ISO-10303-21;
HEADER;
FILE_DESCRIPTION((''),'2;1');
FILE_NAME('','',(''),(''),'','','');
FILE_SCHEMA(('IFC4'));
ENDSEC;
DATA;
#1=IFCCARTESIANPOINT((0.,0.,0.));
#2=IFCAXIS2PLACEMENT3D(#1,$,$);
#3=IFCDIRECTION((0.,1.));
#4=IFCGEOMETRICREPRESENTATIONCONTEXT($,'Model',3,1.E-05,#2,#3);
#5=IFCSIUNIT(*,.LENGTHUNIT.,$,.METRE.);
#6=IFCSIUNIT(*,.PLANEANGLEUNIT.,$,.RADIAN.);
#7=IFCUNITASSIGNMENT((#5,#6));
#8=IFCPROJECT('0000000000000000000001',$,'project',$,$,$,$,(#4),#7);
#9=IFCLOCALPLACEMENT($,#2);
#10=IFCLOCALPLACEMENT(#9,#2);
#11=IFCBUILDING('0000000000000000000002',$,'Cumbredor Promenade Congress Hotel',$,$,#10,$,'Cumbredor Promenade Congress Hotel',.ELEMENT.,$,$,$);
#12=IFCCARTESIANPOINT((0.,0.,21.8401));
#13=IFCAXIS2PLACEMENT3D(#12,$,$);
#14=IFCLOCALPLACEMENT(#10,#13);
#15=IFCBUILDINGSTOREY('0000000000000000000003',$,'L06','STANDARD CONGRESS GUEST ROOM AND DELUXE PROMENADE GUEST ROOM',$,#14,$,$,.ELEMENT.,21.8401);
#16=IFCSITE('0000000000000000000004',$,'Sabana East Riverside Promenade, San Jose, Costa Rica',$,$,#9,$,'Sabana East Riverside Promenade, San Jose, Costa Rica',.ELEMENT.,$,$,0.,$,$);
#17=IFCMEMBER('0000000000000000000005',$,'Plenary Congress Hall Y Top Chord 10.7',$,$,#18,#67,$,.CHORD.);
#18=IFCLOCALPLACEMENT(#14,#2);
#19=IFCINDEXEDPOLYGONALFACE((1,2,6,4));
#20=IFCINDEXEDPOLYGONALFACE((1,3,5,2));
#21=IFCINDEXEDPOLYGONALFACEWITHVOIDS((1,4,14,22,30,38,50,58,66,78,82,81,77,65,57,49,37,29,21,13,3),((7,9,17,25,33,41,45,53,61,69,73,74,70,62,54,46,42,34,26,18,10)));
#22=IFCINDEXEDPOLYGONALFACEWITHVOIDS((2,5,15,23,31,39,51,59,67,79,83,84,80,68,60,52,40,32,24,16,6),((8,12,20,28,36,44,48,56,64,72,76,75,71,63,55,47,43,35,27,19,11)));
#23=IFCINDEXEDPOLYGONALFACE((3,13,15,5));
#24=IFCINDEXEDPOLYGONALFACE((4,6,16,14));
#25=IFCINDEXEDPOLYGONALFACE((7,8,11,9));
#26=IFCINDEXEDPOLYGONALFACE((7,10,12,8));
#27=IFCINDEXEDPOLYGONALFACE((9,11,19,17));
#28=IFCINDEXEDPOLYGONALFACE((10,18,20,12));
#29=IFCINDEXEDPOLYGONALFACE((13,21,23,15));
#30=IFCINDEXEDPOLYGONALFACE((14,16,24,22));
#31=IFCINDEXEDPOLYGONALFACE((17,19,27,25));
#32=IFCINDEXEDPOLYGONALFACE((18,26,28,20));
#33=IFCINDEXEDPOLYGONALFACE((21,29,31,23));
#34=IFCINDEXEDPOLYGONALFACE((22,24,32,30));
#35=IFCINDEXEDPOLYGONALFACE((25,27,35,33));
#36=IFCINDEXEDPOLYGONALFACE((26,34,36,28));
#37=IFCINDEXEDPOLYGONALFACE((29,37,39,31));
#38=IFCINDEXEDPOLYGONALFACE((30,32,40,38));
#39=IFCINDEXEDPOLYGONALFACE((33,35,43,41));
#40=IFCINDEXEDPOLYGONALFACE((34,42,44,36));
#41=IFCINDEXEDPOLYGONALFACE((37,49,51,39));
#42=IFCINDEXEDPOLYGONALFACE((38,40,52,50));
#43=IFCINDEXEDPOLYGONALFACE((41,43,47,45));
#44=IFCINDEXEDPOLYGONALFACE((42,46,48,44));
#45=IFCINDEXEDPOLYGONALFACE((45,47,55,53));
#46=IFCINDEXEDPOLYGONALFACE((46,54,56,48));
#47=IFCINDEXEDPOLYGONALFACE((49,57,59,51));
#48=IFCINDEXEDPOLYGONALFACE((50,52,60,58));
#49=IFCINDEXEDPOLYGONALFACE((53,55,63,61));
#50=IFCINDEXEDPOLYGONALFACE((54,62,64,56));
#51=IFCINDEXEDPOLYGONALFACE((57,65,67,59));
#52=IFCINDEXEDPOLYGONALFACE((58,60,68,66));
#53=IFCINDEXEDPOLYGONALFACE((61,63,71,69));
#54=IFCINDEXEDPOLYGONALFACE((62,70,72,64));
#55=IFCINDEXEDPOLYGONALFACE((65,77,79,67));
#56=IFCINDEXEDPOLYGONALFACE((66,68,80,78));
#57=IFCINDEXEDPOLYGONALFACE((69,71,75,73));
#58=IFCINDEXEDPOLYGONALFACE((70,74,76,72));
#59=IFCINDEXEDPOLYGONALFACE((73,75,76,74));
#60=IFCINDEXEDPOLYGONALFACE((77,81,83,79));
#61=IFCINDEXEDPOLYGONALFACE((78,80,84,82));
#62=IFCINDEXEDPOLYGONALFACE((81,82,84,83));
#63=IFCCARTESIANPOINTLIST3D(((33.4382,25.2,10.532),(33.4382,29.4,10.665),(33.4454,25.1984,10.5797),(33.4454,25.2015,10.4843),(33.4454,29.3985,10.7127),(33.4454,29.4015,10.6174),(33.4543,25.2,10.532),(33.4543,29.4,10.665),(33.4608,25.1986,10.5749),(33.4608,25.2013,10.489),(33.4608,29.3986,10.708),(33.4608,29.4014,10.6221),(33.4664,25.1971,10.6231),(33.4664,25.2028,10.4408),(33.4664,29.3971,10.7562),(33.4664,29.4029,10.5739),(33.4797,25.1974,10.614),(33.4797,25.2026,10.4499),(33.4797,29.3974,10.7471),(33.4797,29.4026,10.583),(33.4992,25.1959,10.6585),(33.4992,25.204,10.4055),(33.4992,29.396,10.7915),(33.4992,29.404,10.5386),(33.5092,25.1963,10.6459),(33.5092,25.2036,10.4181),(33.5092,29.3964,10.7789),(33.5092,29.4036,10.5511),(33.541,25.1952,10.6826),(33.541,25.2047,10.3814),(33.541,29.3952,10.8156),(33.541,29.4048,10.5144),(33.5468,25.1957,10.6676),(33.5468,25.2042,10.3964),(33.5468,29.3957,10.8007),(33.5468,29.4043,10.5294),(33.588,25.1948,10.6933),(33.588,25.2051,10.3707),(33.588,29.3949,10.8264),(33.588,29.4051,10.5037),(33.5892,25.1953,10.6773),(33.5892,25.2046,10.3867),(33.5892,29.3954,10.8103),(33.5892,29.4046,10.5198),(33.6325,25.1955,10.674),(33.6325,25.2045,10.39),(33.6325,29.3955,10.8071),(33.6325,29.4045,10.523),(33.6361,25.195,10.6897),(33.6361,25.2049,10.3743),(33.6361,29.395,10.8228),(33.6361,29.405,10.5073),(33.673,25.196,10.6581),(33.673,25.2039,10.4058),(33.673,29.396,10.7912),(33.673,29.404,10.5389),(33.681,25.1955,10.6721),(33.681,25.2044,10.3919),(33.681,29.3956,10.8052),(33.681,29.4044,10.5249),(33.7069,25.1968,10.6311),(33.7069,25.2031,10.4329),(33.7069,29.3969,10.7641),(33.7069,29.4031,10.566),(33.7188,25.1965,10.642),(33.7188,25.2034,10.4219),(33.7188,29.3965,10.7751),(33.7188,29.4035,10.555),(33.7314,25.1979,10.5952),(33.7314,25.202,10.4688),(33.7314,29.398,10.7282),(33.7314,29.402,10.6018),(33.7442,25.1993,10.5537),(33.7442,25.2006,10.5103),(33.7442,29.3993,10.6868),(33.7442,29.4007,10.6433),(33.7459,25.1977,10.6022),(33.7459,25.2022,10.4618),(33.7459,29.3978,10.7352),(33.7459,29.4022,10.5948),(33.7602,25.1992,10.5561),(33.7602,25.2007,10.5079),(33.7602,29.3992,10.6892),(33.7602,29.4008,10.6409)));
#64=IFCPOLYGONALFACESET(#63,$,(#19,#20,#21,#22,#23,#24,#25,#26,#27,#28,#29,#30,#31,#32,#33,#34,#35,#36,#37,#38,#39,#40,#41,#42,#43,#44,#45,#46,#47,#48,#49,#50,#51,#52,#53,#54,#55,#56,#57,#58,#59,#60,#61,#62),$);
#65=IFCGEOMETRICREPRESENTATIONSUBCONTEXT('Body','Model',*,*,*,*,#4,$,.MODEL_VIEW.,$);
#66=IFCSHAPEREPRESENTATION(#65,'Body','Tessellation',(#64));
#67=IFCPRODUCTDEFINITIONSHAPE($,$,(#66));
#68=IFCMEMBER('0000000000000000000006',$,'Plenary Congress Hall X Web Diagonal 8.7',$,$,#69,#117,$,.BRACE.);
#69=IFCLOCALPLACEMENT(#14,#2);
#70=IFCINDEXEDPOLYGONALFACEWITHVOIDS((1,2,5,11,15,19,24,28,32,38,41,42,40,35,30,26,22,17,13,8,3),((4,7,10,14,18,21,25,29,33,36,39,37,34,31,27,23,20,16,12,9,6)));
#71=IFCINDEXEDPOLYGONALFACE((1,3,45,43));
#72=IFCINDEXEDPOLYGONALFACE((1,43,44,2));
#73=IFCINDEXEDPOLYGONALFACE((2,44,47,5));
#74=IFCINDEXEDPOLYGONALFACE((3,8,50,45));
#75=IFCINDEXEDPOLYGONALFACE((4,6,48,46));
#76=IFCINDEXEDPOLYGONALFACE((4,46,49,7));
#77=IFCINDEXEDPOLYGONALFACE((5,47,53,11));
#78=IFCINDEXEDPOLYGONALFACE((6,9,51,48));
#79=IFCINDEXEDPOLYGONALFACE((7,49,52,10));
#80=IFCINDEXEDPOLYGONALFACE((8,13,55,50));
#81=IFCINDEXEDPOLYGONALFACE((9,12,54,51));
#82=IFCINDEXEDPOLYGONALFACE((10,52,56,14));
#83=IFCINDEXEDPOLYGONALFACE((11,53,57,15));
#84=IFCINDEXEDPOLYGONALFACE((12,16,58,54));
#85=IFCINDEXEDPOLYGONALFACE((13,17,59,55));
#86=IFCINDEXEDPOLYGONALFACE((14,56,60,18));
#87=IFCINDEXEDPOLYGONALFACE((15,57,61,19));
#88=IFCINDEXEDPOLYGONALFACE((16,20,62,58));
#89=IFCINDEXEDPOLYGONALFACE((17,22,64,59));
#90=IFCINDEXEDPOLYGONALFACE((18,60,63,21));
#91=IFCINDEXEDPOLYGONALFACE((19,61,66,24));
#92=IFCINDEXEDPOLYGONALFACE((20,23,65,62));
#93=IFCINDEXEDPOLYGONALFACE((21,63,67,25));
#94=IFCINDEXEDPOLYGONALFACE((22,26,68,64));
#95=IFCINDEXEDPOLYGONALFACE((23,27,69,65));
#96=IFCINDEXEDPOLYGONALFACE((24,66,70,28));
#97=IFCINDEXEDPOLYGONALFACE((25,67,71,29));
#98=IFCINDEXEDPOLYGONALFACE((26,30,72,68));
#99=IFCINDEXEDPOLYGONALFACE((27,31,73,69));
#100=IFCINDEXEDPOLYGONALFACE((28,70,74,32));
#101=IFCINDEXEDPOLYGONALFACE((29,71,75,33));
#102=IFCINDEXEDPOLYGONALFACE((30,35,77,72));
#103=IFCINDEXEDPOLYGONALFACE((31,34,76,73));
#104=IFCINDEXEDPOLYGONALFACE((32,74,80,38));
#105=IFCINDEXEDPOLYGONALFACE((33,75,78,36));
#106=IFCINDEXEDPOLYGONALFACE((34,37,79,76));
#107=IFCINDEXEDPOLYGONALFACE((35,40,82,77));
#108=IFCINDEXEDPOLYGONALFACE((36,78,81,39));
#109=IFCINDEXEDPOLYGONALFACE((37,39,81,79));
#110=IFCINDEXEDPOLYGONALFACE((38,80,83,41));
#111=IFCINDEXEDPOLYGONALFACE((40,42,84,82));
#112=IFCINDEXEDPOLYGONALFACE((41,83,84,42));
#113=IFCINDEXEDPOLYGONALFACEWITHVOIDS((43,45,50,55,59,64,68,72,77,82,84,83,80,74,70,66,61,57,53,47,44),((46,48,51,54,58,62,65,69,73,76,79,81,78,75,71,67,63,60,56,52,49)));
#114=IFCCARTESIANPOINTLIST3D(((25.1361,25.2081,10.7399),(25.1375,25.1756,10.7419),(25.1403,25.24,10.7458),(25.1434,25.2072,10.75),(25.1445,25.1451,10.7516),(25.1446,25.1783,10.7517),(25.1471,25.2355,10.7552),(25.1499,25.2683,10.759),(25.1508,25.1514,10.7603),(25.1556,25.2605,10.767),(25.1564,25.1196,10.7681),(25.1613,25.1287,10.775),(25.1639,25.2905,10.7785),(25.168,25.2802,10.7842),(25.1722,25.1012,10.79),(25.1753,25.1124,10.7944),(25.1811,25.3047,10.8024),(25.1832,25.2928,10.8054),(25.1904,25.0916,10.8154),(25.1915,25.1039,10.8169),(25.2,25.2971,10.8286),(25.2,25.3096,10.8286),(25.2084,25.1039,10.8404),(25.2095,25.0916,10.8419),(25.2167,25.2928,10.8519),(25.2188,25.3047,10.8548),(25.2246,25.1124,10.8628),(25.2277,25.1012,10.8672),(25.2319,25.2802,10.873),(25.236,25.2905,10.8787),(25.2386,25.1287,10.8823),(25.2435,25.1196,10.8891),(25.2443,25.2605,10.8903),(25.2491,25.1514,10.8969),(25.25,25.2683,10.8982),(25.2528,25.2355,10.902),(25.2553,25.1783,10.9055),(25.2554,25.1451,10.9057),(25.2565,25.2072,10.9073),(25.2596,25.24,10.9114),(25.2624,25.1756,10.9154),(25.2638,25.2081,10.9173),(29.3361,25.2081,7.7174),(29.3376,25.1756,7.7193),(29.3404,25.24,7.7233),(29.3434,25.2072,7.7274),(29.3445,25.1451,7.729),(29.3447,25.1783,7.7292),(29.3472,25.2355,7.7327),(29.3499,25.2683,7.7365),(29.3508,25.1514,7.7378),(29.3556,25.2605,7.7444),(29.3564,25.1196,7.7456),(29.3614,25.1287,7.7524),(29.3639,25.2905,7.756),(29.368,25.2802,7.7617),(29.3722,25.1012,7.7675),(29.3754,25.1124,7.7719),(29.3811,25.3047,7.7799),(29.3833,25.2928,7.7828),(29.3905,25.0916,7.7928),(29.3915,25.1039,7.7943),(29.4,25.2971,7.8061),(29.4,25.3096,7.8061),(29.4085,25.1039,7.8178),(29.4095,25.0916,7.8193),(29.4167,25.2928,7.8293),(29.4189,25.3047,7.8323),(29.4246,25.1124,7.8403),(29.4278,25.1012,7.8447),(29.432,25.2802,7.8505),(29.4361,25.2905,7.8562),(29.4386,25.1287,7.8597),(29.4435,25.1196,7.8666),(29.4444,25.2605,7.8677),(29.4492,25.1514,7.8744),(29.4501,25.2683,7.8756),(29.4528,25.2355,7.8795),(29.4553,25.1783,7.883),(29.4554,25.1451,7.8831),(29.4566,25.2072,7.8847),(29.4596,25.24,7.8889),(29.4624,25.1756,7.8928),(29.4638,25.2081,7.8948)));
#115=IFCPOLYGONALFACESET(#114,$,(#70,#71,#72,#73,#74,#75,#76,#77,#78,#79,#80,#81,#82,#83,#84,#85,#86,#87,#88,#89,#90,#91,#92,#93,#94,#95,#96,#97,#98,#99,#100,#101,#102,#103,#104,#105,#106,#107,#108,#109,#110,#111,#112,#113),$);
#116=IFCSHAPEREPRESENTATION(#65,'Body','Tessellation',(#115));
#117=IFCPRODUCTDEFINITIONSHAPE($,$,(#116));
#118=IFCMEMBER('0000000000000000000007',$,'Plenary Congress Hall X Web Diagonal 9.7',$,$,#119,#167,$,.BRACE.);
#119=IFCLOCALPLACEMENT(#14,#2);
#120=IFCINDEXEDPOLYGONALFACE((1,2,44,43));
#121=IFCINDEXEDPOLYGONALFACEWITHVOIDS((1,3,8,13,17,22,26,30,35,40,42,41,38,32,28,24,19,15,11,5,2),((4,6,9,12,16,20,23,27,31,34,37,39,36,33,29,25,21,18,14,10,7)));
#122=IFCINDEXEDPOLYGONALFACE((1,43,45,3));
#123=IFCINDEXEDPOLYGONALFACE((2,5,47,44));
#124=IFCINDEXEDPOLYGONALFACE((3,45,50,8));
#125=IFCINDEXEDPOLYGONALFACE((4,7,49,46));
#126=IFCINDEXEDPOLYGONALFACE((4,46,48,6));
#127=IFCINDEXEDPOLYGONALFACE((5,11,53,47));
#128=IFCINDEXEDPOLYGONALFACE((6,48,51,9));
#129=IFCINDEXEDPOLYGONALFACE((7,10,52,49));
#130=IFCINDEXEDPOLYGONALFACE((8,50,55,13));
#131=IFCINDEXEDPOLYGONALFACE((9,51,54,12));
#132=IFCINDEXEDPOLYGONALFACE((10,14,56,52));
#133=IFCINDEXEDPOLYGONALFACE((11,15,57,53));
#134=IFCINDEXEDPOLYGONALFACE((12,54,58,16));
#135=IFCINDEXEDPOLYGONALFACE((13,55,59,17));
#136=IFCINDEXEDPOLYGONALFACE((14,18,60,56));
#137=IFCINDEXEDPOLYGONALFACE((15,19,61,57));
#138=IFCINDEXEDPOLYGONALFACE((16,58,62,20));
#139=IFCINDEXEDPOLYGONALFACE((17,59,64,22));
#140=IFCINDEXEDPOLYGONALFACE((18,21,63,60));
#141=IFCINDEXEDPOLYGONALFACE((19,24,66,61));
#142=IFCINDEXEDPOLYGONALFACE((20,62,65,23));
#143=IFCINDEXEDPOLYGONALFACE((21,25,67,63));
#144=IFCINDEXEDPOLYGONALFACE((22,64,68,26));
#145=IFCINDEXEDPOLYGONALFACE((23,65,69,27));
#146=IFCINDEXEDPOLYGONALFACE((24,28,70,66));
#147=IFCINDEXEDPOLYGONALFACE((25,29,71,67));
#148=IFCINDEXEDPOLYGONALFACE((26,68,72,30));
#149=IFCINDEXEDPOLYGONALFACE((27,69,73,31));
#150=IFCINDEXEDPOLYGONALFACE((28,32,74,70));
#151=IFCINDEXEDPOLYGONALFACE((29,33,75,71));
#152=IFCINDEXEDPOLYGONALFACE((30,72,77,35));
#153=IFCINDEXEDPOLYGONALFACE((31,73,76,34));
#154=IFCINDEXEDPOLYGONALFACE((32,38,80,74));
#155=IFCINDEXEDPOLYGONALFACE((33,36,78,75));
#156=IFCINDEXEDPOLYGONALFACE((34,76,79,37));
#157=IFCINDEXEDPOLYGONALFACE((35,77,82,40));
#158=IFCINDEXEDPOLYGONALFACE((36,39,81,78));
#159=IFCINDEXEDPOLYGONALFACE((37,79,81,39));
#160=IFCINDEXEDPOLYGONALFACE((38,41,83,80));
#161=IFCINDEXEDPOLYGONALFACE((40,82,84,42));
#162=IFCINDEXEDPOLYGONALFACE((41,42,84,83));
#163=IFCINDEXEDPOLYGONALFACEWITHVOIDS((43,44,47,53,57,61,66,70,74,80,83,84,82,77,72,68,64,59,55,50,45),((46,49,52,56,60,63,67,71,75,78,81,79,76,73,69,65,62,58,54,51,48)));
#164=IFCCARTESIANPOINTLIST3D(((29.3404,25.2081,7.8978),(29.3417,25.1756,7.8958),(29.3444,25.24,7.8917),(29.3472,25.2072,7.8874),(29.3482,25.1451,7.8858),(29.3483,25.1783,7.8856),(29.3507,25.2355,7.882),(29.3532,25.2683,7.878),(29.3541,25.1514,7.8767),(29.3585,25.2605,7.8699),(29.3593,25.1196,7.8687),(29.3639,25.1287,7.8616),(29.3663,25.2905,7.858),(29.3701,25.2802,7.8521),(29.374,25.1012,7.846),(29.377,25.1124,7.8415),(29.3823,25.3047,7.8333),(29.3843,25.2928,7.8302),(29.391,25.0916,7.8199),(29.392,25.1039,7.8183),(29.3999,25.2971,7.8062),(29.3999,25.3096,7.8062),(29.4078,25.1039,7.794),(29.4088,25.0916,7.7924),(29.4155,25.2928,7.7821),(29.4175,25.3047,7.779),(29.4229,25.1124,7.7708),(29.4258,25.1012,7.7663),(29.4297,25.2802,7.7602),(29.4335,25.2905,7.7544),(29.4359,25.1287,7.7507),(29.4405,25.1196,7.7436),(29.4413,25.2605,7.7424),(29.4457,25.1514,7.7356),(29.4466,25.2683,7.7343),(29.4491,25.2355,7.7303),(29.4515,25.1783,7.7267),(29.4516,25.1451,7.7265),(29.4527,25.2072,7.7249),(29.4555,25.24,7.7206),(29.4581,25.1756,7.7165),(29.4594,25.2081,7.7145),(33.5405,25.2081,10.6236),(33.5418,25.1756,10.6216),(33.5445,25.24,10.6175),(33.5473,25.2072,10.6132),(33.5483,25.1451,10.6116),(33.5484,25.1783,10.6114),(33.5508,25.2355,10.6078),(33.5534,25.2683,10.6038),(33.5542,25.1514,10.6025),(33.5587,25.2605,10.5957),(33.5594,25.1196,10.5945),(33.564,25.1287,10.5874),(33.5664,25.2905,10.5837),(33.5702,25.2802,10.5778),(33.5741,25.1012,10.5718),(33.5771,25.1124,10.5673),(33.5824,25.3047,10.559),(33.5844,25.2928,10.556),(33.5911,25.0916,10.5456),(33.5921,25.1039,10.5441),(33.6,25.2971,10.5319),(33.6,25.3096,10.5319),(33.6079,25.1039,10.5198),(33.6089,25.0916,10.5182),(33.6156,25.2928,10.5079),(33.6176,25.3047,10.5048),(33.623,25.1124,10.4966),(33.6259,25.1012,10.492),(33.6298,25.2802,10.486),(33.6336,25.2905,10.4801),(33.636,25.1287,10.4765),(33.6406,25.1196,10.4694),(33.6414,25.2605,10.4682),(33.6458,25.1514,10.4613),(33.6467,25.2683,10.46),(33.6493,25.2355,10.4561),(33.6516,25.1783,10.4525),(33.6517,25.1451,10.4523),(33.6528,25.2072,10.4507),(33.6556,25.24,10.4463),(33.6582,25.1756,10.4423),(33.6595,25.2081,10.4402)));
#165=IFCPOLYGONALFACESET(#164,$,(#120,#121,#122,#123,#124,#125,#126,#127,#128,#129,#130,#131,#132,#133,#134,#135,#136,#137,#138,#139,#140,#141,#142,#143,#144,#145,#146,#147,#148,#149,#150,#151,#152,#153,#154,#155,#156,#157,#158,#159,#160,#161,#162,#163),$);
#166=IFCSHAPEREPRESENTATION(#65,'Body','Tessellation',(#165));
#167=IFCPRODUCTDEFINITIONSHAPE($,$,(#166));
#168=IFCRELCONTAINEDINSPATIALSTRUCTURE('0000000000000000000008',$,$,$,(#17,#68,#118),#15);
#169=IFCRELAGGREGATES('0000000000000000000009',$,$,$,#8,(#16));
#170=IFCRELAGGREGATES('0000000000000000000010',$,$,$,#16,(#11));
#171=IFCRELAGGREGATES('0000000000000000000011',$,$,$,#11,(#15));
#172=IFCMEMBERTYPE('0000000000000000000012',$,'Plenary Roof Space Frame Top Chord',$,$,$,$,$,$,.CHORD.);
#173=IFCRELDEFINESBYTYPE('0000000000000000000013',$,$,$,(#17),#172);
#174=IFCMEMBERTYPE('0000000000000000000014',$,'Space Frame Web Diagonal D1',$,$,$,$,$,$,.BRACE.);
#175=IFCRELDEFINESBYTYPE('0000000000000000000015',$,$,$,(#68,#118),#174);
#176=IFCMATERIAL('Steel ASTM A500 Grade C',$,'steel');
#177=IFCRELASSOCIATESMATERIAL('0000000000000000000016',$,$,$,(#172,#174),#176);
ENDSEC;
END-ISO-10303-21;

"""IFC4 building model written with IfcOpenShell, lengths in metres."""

from ifc_helpers import new_model, si_unit, direction, frame, origin, origin_2d, place, context, subcontext, project, spatial, hollow_circle, extrude, material, material_profile, profile_set, type_object, element, save


model = new_model("IFC4")

# Units and contexts
model_context = context("Model", 3, precision=1e-05, world=origin(), true_north=direction((0.0, 1.0)))
body_context = subcontext(model_context, "Body", "Model", "MODEL_VIEW")
ifc_project = project(units=[si_unit("LENGTHUNIT", "METRE"), si_unit("PLANEANGLEUNIT", "RADIAN")], contexts=[model_context])

# Site, building, storey
site_placement = place(None, origin())
site = spatial("IfcSite", under=ifc_project, at=site_placement, Name="Sabana East Riverside Promenade, San Jose, Costa Rica", LongName="Sabana East Riverside Promenade, San Jose, Costa Rica", CompositionType="ELEMENT", RefElevation=0.0)
building_placement = place(site_placement, origin())
building = spatial("IfcBuilding", under=site, at=building_placement, Name="Cumbredor Promenade Congress Hotel", LongName="Cumbredor Promenade Congress Hotel", CompositionType="ELEMENT")
storey_placement = place(building_placement, frame((0.0, 0.0, 21.8401)))
storey = spatial("IfcBuildingStorey", under=building, at=storey_placement, Name="L06", Description="STANDARD CONGRESS GUEST ROOM AND DELUXE PROMENADE GUEST ROOM", CompositionType="ELEMENT", Elevation=21.8401)

# Members
ifc_material_1 = material(Name="Steel ASTM A500 Grade C", Category="steel")
ifc_material_profile_1 = material_profile(ifc_material_1, hollow_circle(Radius=0.1619, WallThickness=0.0161, at=origin_2d()), Name="CHS 323.9x16")
ifc_profile_set_1 = profile_set([ifc_material_profile_1], Name="Steel ASTM A500 Grade C")
member_type_1 = type_object("IfcMemberType", Name="Plenary Roof Space Frame Top Chord", PredefinedType="CHORD", material=ifc_profile_set_1)
member_1_placement = place(storey_placement, frame((33.6001, 25.2, 10.532), z_axis=(0.0, 0.999499, 0.031665), x_axis=(-1.0, 0.0, 0.0)))
element("IfcMember", 1, at=member_1_placement, inside=storey, type_object=member_type_1, Name="Plenary Congress Hall Y Top Chord 10.7", PredefinedType="CHORD", context=body_context, shape_type="SweptSolid", body=[
    extrude(hollow_circle(Radius=0.1619, WallThickness=0.0161, at=origin_2d()), origin(), (0.0, 0.0, 1.0), 4.2021),
])
ifc_material_profile_2 = material_profile(ifc_material_1, hollow_circle(Radius=0.1096, WallThickness=0.0125, at=origin_2d()), Name="CHS 219.1x12.5")
ifc_profile_set_2 = profile_set([ifc_material_profile_2], Name="Steel ASTM A500 Grade C")
member_type_2 = type_object("IfcMemberType", Name="Space Frame Web Diagonal D1", PredefinedType="BRACE", material=ifc_profile_set_2)
member_2_placement = place(storey_placement, frame((25.2, 25.2, 10.8286), z_axis=(0.811672, 0.0, -0.584113), x_axis=(0.0, 1.0, 0.0)))
element("IfcMember", 2, at=member_2_placement, inside=storey, type_object=member_type_2, Name="Plenary Congress Hall X Web Diagonal 8.7", PredefinedType="BRACE", context=body_context, shape_type="SweptSolid", body=[
    extrude(hollow_circle(Radius=0.1096, WallThickness=0.0125, at=origin_2d()), origin(), (0.0, 0.0, 1.0), 5.1746),
])
for number, where, z_axis, x_axis, name in (
    (3, (29.3999, 25.2, 7.8062), (0.838836, 0.0, 0.544385), (0.0, 1.0, 0.0), "Plenary Congress Hall X Web Diagonal 9.7"),
):
    element("IfcMember", number, at=place(storey_placement, frame(where, z_axis=z_axis, x_axis=x_axis)), inside=storey, type_object=member_type_2, Name=name, PredefinedType="BRACE", context=body_context, shape_type="SweptSolid", body=[
        extrude(hollow_circle(Radius=0.1096, WallThickness=0.0125, at=origin_2d()), origin(), (0.0, 0.0, 1.0), 5.0071),
    ])

save(model, "model.ifc")
